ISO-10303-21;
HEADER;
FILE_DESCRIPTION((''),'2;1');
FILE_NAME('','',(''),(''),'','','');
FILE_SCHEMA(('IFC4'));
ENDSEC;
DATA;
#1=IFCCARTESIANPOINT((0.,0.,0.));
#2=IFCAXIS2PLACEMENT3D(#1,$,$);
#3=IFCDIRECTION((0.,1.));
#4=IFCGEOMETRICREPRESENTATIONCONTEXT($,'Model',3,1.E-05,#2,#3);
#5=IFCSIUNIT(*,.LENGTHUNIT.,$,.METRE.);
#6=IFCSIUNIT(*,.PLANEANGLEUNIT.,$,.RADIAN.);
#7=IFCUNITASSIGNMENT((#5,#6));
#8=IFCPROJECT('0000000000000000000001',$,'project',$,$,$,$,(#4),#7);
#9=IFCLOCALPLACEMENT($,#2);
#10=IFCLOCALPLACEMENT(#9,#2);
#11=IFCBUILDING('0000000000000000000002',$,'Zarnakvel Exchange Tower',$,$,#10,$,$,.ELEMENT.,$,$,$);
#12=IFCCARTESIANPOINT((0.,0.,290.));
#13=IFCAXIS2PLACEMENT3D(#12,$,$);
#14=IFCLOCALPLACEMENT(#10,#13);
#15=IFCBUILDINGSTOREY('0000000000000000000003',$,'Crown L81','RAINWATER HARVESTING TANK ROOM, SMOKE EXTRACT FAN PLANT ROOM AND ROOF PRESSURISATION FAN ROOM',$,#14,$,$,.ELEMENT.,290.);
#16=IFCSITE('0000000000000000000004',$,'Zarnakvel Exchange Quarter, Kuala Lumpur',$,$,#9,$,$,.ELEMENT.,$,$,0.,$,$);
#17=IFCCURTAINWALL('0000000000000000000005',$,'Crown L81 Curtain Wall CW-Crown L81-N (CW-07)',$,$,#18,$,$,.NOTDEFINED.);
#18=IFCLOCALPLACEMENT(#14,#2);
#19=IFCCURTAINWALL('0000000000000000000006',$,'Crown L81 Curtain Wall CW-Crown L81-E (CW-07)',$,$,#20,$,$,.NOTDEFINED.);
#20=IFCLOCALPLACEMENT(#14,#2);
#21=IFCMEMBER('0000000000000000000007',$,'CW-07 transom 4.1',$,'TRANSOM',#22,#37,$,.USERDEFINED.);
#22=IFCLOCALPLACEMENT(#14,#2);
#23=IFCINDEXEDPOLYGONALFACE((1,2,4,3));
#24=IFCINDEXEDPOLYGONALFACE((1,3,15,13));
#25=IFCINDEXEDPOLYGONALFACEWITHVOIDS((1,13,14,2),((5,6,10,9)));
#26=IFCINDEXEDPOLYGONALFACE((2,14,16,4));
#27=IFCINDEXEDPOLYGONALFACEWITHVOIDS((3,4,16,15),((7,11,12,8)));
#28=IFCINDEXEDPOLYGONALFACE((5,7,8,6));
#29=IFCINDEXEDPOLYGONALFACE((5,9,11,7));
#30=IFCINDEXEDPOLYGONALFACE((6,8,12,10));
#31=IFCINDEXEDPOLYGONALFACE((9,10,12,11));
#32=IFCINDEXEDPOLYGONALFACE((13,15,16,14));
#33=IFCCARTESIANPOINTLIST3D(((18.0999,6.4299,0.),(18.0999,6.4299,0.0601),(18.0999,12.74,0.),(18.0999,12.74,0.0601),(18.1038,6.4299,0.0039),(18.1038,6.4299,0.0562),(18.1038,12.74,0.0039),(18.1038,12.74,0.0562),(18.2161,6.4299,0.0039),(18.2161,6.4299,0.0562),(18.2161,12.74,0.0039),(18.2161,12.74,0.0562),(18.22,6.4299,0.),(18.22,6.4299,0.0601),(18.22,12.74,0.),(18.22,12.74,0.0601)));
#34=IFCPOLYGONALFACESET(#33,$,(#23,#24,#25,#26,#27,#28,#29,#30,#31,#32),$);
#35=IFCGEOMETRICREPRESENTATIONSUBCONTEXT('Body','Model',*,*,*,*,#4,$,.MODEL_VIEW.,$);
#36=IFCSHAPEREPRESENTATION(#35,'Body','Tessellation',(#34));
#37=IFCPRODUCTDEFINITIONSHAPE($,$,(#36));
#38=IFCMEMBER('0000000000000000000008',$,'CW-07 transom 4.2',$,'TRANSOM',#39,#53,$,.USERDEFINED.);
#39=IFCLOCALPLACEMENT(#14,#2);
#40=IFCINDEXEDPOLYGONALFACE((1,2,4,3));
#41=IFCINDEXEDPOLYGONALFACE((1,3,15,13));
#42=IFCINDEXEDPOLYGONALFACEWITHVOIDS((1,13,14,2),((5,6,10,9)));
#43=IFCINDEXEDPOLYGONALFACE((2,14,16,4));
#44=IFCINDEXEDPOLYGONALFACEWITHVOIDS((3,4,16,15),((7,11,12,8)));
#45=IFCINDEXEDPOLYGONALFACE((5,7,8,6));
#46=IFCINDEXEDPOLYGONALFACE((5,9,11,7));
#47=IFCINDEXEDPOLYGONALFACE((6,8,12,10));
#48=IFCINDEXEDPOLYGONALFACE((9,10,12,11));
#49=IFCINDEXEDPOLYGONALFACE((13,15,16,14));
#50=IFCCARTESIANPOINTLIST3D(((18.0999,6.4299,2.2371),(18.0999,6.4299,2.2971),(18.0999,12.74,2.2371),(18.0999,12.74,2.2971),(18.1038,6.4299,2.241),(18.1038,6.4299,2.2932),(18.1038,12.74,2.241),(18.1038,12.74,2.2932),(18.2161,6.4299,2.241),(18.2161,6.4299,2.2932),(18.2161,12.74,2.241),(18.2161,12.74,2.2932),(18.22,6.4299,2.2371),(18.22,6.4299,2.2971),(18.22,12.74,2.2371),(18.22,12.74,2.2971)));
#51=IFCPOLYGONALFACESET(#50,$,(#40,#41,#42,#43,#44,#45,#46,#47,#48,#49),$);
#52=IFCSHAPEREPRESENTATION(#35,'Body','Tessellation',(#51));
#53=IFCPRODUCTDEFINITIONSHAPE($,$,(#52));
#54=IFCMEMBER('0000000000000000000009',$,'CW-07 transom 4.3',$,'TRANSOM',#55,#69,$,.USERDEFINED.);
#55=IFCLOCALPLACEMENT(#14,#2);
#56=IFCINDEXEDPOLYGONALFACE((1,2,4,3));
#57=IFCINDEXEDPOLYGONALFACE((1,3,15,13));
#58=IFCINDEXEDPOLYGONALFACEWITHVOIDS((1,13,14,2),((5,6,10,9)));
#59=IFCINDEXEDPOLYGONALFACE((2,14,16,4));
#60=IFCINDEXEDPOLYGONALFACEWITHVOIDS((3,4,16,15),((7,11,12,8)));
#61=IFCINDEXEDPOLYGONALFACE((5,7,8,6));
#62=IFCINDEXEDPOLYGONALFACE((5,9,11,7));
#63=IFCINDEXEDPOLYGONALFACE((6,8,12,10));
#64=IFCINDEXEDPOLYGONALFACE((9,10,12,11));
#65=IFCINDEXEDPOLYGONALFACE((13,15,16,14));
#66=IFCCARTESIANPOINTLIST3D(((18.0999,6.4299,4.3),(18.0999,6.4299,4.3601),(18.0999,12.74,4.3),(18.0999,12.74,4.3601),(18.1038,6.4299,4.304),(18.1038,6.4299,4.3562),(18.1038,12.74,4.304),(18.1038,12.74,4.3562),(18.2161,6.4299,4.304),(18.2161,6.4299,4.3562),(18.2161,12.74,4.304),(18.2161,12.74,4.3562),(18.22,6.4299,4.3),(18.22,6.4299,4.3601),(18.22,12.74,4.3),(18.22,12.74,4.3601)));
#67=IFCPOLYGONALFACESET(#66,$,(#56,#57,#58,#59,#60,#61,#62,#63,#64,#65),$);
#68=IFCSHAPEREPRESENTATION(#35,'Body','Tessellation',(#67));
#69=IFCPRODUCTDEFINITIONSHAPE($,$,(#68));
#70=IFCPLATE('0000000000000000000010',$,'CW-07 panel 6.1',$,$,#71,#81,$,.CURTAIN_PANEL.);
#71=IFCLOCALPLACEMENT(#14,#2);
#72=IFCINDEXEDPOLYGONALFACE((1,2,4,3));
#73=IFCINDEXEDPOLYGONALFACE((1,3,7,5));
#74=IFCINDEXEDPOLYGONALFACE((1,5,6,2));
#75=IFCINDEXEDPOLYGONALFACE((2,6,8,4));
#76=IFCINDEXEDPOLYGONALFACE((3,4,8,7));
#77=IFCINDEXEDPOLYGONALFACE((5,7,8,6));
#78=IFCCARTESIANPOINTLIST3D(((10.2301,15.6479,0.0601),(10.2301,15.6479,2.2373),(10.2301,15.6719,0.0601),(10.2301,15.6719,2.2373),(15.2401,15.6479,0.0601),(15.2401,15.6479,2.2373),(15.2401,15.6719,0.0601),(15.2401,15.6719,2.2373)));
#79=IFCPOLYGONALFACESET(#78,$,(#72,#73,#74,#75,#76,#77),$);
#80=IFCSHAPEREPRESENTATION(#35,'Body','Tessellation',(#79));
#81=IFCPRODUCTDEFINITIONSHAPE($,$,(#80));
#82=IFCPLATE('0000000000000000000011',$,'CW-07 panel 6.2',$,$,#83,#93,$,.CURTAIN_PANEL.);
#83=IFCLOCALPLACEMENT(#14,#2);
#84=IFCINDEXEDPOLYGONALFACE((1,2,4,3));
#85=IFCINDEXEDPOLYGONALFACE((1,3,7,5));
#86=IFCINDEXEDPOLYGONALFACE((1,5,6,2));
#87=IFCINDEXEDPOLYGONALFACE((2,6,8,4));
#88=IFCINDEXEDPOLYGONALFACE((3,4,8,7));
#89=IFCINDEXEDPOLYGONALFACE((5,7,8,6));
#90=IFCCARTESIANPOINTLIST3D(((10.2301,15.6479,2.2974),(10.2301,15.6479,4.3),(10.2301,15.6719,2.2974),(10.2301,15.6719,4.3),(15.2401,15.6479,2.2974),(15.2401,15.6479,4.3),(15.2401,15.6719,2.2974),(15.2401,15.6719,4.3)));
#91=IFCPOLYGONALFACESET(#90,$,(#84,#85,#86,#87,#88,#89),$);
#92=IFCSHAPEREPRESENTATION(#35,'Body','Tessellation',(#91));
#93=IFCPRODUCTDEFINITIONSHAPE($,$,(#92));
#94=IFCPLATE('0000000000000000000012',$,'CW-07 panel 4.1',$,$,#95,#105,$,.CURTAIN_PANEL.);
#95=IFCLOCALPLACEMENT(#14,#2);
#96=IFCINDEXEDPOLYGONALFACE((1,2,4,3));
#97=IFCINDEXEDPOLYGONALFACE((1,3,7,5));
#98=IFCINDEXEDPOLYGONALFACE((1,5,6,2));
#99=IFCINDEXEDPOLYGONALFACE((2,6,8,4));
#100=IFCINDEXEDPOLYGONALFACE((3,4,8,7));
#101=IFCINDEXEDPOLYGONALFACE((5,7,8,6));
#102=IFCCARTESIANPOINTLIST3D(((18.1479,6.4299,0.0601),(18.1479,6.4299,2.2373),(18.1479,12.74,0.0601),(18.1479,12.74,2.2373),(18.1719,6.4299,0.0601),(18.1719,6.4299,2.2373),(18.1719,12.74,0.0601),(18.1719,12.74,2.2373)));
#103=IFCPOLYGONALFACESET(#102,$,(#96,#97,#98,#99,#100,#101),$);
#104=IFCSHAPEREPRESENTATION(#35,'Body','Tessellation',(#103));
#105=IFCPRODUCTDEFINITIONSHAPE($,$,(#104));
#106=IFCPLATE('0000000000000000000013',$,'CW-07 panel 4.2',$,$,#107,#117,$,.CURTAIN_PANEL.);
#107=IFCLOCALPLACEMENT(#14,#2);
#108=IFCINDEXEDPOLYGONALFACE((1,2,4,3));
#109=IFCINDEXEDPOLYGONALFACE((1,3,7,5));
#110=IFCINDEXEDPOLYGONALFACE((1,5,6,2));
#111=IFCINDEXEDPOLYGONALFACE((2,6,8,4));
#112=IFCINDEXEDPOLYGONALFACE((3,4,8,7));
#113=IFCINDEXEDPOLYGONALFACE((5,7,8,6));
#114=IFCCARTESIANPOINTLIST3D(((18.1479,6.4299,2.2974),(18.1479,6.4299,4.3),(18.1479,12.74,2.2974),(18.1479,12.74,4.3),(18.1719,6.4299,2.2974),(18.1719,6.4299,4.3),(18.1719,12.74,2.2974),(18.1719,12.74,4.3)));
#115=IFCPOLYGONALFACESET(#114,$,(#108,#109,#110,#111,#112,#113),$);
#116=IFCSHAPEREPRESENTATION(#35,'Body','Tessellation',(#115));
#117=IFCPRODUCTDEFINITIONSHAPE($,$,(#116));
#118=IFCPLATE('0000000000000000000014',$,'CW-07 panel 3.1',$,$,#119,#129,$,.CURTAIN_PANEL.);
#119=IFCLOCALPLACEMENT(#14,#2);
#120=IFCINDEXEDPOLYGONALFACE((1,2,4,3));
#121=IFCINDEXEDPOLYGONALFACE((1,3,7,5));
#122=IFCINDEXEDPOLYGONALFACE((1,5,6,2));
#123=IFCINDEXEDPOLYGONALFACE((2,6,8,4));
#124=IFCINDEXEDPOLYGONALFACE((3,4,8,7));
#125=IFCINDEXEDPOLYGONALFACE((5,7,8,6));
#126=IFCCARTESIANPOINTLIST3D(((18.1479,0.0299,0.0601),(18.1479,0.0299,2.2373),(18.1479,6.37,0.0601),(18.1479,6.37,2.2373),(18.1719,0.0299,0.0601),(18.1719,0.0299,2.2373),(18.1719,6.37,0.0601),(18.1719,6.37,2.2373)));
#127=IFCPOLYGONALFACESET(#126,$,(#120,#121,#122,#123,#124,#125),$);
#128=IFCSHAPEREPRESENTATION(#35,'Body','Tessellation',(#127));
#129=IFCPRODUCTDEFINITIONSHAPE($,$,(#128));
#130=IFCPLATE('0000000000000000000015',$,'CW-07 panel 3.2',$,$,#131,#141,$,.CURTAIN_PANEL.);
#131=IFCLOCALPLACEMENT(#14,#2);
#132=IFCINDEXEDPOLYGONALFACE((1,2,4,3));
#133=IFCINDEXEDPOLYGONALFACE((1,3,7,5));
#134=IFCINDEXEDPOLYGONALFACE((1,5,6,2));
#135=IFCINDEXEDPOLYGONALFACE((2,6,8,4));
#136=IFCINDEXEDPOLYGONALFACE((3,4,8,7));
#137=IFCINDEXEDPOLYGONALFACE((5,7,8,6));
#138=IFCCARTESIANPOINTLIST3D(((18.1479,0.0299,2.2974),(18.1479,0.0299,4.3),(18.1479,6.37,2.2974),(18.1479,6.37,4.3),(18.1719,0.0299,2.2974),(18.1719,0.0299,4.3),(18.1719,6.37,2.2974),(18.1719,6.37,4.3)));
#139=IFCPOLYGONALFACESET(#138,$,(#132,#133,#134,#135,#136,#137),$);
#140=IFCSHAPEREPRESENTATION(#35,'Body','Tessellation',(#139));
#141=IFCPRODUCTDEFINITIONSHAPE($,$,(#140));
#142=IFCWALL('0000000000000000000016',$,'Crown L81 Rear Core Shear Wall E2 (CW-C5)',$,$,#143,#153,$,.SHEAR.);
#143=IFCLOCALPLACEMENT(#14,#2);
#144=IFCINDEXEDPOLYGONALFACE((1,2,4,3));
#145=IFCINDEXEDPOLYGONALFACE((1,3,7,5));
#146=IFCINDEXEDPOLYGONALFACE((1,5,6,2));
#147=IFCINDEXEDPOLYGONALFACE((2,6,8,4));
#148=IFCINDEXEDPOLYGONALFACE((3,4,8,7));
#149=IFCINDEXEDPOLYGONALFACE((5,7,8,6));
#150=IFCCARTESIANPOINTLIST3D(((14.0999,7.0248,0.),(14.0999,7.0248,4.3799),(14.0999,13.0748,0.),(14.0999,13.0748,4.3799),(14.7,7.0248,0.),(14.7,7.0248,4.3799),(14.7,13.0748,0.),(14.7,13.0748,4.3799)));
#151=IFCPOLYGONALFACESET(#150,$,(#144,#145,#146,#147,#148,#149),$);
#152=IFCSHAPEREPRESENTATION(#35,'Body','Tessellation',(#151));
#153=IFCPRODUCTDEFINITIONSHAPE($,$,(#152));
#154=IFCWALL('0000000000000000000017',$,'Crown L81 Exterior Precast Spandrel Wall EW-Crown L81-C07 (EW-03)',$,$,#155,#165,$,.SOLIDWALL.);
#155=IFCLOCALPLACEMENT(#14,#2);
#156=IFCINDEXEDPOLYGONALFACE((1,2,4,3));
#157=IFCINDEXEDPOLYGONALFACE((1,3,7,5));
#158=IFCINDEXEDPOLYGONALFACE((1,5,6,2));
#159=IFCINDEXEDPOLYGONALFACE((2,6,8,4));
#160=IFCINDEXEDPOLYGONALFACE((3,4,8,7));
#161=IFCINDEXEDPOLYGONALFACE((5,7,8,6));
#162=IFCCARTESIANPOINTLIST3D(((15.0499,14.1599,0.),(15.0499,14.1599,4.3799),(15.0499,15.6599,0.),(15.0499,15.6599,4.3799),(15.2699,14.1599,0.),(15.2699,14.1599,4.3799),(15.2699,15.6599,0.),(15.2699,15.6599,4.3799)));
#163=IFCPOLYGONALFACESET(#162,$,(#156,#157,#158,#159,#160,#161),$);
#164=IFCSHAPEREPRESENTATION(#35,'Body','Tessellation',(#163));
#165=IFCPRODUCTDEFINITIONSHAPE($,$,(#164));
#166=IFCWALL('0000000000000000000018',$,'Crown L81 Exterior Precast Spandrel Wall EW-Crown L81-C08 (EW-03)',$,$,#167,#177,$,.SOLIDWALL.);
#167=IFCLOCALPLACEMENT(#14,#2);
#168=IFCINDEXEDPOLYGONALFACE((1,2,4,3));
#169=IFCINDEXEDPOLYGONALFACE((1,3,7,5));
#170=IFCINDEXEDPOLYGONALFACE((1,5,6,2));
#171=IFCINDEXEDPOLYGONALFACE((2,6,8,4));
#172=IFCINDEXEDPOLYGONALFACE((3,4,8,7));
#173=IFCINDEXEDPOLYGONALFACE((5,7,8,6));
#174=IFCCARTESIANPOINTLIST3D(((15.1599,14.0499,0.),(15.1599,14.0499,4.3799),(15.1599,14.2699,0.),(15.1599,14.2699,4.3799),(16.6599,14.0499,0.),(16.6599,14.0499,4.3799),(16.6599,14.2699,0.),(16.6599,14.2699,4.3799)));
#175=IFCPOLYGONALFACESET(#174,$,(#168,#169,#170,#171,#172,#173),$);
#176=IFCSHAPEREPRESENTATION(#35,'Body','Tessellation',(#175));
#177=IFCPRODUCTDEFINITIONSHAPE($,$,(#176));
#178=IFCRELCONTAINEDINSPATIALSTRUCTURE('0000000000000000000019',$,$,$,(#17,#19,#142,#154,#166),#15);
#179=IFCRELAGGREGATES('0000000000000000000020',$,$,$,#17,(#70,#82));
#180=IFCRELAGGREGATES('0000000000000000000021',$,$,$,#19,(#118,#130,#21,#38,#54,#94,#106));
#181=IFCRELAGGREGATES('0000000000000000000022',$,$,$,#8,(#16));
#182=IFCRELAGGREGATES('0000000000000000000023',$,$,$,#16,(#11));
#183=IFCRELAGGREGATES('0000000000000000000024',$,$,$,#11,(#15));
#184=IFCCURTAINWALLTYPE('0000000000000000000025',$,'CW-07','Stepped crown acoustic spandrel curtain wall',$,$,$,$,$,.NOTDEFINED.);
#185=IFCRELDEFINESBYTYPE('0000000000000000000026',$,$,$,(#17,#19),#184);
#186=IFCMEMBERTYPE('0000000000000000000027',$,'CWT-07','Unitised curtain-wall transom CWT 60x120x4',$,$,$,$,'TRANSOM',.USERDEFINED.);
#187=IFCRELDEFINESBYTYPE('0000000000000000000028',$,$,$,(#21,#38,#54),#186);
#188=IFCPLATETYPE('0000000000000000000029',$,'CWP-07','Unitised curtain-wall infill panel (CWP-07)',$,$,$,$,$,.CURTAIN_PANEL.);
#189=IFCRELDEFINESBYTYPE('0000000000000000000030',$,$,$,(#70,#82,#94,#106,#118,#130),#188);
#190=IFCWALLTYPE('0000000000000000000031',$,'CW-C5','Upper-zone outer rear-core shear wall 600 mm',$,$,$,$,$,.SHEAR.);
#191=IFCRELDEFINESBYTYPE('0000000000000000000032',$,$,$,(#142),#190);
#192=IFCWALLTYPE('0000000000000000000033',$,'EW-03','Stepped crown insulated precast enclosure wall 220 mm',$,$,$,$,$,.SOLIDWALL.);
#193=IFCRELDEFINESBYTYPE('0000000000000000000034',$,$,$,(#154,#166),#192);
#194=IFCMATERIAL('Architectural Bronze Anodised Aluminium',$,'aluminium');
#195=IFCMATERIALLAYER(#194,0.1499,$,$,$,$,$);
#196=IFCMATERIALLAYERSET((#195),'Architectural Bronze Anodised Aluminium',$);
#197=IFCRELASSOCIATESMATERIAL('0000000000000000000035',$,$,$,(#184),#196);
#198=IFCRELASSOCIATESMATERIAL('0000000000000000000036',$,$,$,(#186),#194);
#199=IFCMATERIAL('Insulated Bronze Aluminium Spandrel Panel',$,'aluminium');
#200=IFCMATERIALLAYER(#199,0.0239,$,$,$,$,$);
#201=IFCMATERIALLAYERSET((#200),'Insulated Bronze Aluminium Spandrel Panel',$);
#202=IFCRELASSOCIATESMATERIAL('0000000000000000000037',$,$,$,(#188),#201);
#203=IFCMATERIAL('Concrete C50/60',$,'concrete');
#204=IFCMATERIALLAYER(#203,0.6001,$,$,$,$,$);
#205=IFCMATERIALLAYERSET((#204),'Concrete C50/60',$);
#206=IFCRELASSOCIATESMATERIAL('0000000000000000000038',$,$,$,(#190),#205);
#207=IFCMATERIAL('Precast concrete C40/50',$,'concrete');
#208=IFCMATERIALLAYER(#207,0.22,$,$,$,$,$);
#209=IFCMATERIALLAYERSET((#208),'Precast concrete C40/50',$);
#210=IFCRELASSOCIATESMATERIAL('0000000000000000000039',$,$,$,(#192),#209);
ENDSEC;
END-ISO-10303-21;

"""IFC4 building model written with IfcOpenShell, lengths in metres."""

from ifc_helpers import new_model, si_unit, direction, frame, frame_2d, origin, origin_2d, place, context, subcontext, project, spatial, rectangle, hollow_rectangle, extrude, source, transform, mapped, material, layer, layer_set, material_profile, profile_set, type_object, element, aggregate, save


model = new_model("IFC4")

# Units and contexts
model_context = context("Model", 3, precision=1e-05, world=origin(), true_north=direction((0.0, 1.0)))
body_context = subcontext(model_context, "Body", "Model", "MODEL_VIEW")
ifc_project = project(units=[si_unit("LENGTHUNIT", "METRE"), si_unit("PLANEANGLEUNIT", "RADIAN")], contexts=[model_context])

# Site, building, storey
site_placement = place(None, origin())
site = spatial("IfcSite", under=ifc_project, at=site_placement, Name="Zarnakvel Exchange Quarter, Kuala Lumpur", CompositionType="ELEMENT", RefElevation=0.0)
building_placement = place(site_placement, origin())
building = spatial("IfcBuilding", under=site, at=building_placement, Name="Zarnakvel Exchange Tower", CompositionType="ELEMENT")
storey_placement = place(building_placement, frame((0.0, 0.0, 290.0)))
storey = spatial("IfcBuildingStorey", under=building, at=storey_placement, Name="Crown L81", Description="RAINWATER HARVESTING TANK ROOM, SMOKE EXTRACT FAN PLANT ROOM AND ROOF PRESSURISATION FAN ROOM", CompositionType="ELEMENT", Elevation=290.0)

# Shared definitions
ifc_material_1 = material(Name="Concrete C50/60", Category="concrete")

# Curtain wall
ifc_material_2 = material(Name="Architectural Bronze Anodised Aluminium", Category="aluminium")
ifc_layer_1 = layer(ifc_material_2, 0.1499)
ifc_layer_set_1 = layer_set([ifc_layer_1], Name="Architectural Bronze Anodised Aluminium")
curtain_wall_type = type_object("IfcCurtainWallType", Name="CW-07", Description="Stepped crown acoustic spandrel curtain wall", PredefinedType="NOTDEFINED", material=ifc_layer_set_1)
curtain_wall_1_placement = place(storey_placement, origin())
curtain_wall_1 = element("IfcCurtainWall", 1, at=curtain_wall_1_placement, inside=storey, type_object=curtain_wall_type, Name="Crown L81 Curtain Wall CW-Crown L81-N (CW-07)", PredefinedType="NOTDEFINED")

# Curtain wall, members
curtain_wall_2_placement = place(storey_placement, origin())
curtain_wall_2 = element("IfcCurtainWall", 2, at=curtain_wall_2_placement, inside=storey, type_object=curtain_wall_type, Name="Crown L81 Curtain Wall CW-Crown L81-E (CW-07)", PredefinedType="NOTDEFINED")
ifc_material_profile_1 = material_profile(ifc_material_2, hollow_rectangle(XDim=0.1201, YDim=0.0601, WallThickness=0.0039, at=origin_2d()))
ifc_profile_set_1 = profile_set([ifc_material_profile_1], Name="Architectural Bronze Anodised Aluminium")
member_type_1 = type_object("IfcMemberType", Name="CWT-07", Description="Unitised curtain-wall transom CWT 60x120x4", ElementType="TRANSOM", PredefinedType="USERDEFINED", material=ifc_profile_set_1)
shared_shape_1 = source(origin(), body_context, "Body", "SweptSolid", [
    extrude(hollow_rectangle(XDim=0.1201, YDim=0.0601, WallThickness=0.0039, at=origin_2d()), origin(), (0.0, 0.0, 1.0), 6.3101),
])
member_1_placement = place(storey_placement, frame((18.1599, 6.4299, 0.03), z_axis=(0.0, 1.0, 0.0), x_axis=(-1.0, 0.0, 0.0)))
member_1 = element("IfcMember", 3, at=member_1_placement, type_object=member_type_1, Name="CW-07 transom 4.1", ObjectType="TRANSOM", PredefinedType="USERDEFINED", context=body_context, shape_type="MappedRepresentation", body=[
    mapped(shared_shape_1, transform((0.0, 0.0, 0.0), x_axis=(1.0, 0.0, 0.0), y_axis=(0.0, 1.0, 0.0), z_axis=(0.0, 0.0, 1.0), scale=1.0)),
])
member_2_placement = place(storey_placement, frame((18.1599, 6.4299, 2.2671), z_axis=(0.0, 1.0, 0.0), x_axis=(-1.0, 0.0, 0.0)))
member_2 = element("IfcMember", 4, at=member_2_placement, type_object=member_type_1, Name="CW-07 transom 4.2", ObjectType="TRANSOM", PredefinedType="USERDEFINED", context=body_context, shape_type="MappedRepresentation", body=[
    mapped(shared_shape_1, transform((0.0, 0.0, 0.0), x_axis=(1.0, 0.0, 0.0), y_axis=(0.0, 1.0, 0.0), z_axis=(0.0, 0.0, 1.0), scale=1.0)),
])
member_3_placement = place(storey_placement, frame((18.1599, 6.4299, 4.3301), z_axis=(0.0, 1.0, 0.0), x_axis=(-1.0, 0.0, 0.0)))
member_3 = element("IfcMember", 5, at=member_3_placement, type_object=member_type_1, Name="CW-07 transom 4.3", ObjectType="TRANSOM", PredefinedType="USERDEFINED", context=body_context, shape_type="MappedRepresentation", body=[
    mapped(shared_shape_1, transform((0.0, 0.0, 0.0), x_axis=(1.0, 0.0, 0.0), y_axis=(0.0, 1.0, 0.0), z_axis=(0.0, 0.0, 1.0), scale=1.0)),
])

# Plates
ifc_material_3 = material(Name="Insulated Bronze Aluminium Spandrel Panel", Category="aluminium")
ifc_layer_2 = layer(ifc_material_3, 0.0239)
ifc_layer_set_2 = layer_set([ifc_layer_2], Name="Insulated Bronze Aluminium Spandrel Panel")
plate_type = type_object("IfcPlateType", Name="CWP-07", Description="Unitised curtain-wall infill panel (CWP-07)", PredefinedType="CURTAIN_PANEL", material=ifc_layer_set_2)
shared_shape_2 = source(origin(), body_context, "Body", "SweptSolid", [
    extrude(rectangle(XDim=5.01, YDim=0.0239, at=origin_2d()), origin(), (0.0, 0.0, 1.0), 2.1772),
])
plate_1_placement = place(storey_placement, frame((12.7351, 15.6599, 0.0601), z_axis=(0.0, 0.0, 1.0), x_axis=(1.0, 0.0, 0.0)))
plate_1 = element("IfcPlate", 6, at=plate_1_placement, type_object=plate_type, Name="CW-07 panel 6.1", PredefinedType="CURTAIN_PANEL", context=body_context, shape_type="MappedRepresentation", body=[
    mapped(shared_shape_2, transform((0.0, 0.0, 0.0), x_axis=(1.0, 0.0, 0.0), y_axis=(0.0, 1.0, 0.0), z_axis=(0.0, 0.0, 1.0), scale=1.0)),
])
shared_shape_3 = source(origin(), body_context, "Body", "SweptSolid", [
    extrude(rectangle(XDim=5.01, YDim=0.0239, at=origin_2d()), origin(), (0.0, 0.0, 1.0), 2.0027),
])
plate_2_placement = place(storey_placement, frame((12.7351, 15.6599, 2.2974), z_axis=(0.0, 0.0, 1.0), x_axis=(1.0, 0.0, 0.0)))
plate_2 = element("IfcPlate", 7, at=plate_2_placement, type_object=plate_type, Name="CW-07 panel 6.2", PredefinedType="CURTAIN_PANEL", context=body_context, shape_type="MappedRepresentation", body=[
    mapped(shared_shape_3, transform((0.0, 0.0, 0.0), x_axis=(1.0, 0.0, 0.0), y_axis=(0.0, 1.0, 0.0), z_axis=(0.0, 0.0, 1.0), scale=1.0)),
])
aggregate(curtain_wall_1, [plate_1, plate_2])
shared_shape_4 = source(origin(), body_context, "Body", "SweptSolid", [
    extrude(rectangle(XDim=6.3101, YDim=0.0239, at=origin_2d()), origin(), (0.0, 0.0, 1.0), 2.1772),
])
plate_3_placement = place(storey_placement, frame((18.1599, 9.585, 0.0601), z_axis=(0.0, 0.0, 1.0), x_axis=(0.0, 1.0, 0.0)))
plate_3 = element("IfcPlate", 8, at=plate_3_placement, type_object=plate_type, Name="CW-07 panel 4.1", PredefinedType="CURTAIN_PANEL", context=body_context, shape_type="MappedRepresentation", body=[
    mapped(shared_shape_4, transform((0.0, 0.0, 0.0), x_axis=(1.0, 0.0, 0.0), y_axis=(0.0, 1.0, 0.0), z_axis=(0.0, 0.0, 1.0), scale=1.0)),
])
shared_shape_5 = source(origin(), body_context, "Body", "SweptSolid", [
    extrude(rectangle(XDim=6.3101, YDim=0.0239, at=origin_2d()), origin(), (0.0, 0.0, 1.0), 2.0027),
])
plate_4_placement = place(storey_placement, frame((18.1599, 9.585, 2.2974), z_axis=(0.0, 0.0, 1.0), x_axis=(0.0, 1.0, 0.0)))
plate_4 = element("IfcPlate", 9, at=plate_4_placement, type_object=plate_type, Name="CW-07 panel 4.2", PredefinedType="CURTAIN_PANEL", context=body_context, shape_type="MappedRepresentation", body=[
    mapped(shared_shape_5, transform((0.0, 0.0, 0.0), x_axis=(1.0, 0.0, 0.0), y_axis=(0.0, 1.0, 0.0), z_axis=(0.0, 0.0, 1.0), scale=1.0)),
])
shared_shape_6 = source(origin(), body_context, "Body", "SweptSolid", [
    extrude(rectangle(XDim=6.3401, YDim=0.0239, at=origin_2d()), origin(), (0.0, 0.0, 1.0), 2.1772),
])
plate_5_placement = place(storey_placement, frame((18.1599, 3.2, 0.0601), z_axis=(0.0, 0.0, 1.0), x_axis=(0.0, 1.0, 0.0)))
plate_5 = element("IfcPlate", 10, at=plate_5_placement, type_object=plate_type, Name="CW-07 panel 3.1", PredefinedType="CURTAIN_PANEL", context=body_context, shape_type="MappedRepresentation", body=[
    mapped(shared_shape_6, transform((0.0, 0.0, 0.0), x_axis=(1.0, 0.0, 0.0), y_axis=(0.0, 1.0, 0.0), z_axis=(0.0, 0.0, 1.0), scale=1.0)),
])
shared_shape_7 = source(origin(), body_context, "Body", "SweptSolid", [
    extrude(rectangle(XDim=6.3401, YDim=0.0239, at=origin_2d()), origin(), (0.0, 0.0, 1.0), 2.0027),
])
plate_6_placement = place(storey_placement, frame((18.1599, 3.2, 2.2974), z_axis=(0.0, 0.0, 1.0), x_axis=(0.0, 1.0, 0.0)))
plate_6 = element("IfcPlate", 11, at=plate_6_placement, type_object=plate_type, Name="CW-07 panel 3.2", PredefinedType="CURTAIN_PANEL", context=body_context, shape_type="MappedRepresentation", body=[
    mapped(shared_shape_7, transform((0.0, 0.0, 0.0), x_axis=(1.0, 0.0, 0.0), y_axis=(0.0, 1.0, 0.0), z_axis=(0.0, 0.0, 1.0), scale=1.0)),
])
aggregate(curtain_wall_2, [plate_5, plate_6, member_1, member_2, member_3, plate_3, plate_4])

# Walls
ifc_layer_3 = layer(ifc_material_1, 0.6001)
ifc_layer_set_3 = layer_set([ifc_layer_3], Name="Concrete C50/60")
wall_type_1 = type_object("IfcWallType", Name="CW-C5", Description="Upper-zone outer rear-core shear wall 600 mm", PredefinedType="SHEAR", material=ifc_layer_set_3)
wall_1_placement = place(storey_placement, frame((14.3999, 7.0249, 0.0), z_axis=(0.0, 0.0, 1.0), x_axis=(0.0, 1.0, 0.0)))
element("IfcWall", 12, at=wall_1_placement, inside=storey, type_object=wall_type_1, Name="Crown L81 Rear Core Shear Wall E2 (CW-C5)", PredefinedType="SHEAR", context=body_context, shape_type="SweptSolid", body=[
    extrude(rectangle(XDim=6.05, YDim=0.6001, at=frame_2d((3.0249, 0.0))), origin(), (0.0, 0.0, 1.0), 4.3799),
])
ifc_material_4 = material(Name="Precast concrete C40/50", Category="concrete")
ifc_layer_4 = layer(ifc_material_4, 0.22)
ifc_layer_set_4 = layer_set([ifc_layer_4], Name="Precast concrete C40/50")
wall_type_2 = type_object("IfcWallType", Name="EW-03", Description="Stepped crown insulated precast enclosure wall 220 mm", PredefinedType="SOLIDWALL", material=ifc_layer_set_4)
for number, where, z_axis, x_axis, name in (
    (13, (15.1599, 14.1599, 0.0), (0.0, 0.0, 1.0), (0.0, 1.0, 0.0), "Crown L81 Exterior Precast Spandrel Wall EW-Crown L81-C07 (EW-03)"),
    (14, (16.6599, 14.1599, 0.0), (0.0, 0.0, 1.0), (-1.0, 0.0, 0.0), "Crown L81 Exterior Precast Spandrel Wall EW-Crown L81-C08 (EW-03)"),
):
    element("IfcWall", number, at=place(storey_placement, frame(where, z_axis=z_axis, x_axis=x_axis)), inside=storey, type_object=wall_type_2, Name=name, PredefinedType="SOLIDWALL", context=body_context, shape_type="SweptSolid", body=[
        extrude(rectangle(XDim=1.5, YDim=0.22, at=frame_2d((0.75, 0.0))), origin(), (0.0, 0.0, 1.0), 4.3799),
    ])

save(model, "model.ifc")
